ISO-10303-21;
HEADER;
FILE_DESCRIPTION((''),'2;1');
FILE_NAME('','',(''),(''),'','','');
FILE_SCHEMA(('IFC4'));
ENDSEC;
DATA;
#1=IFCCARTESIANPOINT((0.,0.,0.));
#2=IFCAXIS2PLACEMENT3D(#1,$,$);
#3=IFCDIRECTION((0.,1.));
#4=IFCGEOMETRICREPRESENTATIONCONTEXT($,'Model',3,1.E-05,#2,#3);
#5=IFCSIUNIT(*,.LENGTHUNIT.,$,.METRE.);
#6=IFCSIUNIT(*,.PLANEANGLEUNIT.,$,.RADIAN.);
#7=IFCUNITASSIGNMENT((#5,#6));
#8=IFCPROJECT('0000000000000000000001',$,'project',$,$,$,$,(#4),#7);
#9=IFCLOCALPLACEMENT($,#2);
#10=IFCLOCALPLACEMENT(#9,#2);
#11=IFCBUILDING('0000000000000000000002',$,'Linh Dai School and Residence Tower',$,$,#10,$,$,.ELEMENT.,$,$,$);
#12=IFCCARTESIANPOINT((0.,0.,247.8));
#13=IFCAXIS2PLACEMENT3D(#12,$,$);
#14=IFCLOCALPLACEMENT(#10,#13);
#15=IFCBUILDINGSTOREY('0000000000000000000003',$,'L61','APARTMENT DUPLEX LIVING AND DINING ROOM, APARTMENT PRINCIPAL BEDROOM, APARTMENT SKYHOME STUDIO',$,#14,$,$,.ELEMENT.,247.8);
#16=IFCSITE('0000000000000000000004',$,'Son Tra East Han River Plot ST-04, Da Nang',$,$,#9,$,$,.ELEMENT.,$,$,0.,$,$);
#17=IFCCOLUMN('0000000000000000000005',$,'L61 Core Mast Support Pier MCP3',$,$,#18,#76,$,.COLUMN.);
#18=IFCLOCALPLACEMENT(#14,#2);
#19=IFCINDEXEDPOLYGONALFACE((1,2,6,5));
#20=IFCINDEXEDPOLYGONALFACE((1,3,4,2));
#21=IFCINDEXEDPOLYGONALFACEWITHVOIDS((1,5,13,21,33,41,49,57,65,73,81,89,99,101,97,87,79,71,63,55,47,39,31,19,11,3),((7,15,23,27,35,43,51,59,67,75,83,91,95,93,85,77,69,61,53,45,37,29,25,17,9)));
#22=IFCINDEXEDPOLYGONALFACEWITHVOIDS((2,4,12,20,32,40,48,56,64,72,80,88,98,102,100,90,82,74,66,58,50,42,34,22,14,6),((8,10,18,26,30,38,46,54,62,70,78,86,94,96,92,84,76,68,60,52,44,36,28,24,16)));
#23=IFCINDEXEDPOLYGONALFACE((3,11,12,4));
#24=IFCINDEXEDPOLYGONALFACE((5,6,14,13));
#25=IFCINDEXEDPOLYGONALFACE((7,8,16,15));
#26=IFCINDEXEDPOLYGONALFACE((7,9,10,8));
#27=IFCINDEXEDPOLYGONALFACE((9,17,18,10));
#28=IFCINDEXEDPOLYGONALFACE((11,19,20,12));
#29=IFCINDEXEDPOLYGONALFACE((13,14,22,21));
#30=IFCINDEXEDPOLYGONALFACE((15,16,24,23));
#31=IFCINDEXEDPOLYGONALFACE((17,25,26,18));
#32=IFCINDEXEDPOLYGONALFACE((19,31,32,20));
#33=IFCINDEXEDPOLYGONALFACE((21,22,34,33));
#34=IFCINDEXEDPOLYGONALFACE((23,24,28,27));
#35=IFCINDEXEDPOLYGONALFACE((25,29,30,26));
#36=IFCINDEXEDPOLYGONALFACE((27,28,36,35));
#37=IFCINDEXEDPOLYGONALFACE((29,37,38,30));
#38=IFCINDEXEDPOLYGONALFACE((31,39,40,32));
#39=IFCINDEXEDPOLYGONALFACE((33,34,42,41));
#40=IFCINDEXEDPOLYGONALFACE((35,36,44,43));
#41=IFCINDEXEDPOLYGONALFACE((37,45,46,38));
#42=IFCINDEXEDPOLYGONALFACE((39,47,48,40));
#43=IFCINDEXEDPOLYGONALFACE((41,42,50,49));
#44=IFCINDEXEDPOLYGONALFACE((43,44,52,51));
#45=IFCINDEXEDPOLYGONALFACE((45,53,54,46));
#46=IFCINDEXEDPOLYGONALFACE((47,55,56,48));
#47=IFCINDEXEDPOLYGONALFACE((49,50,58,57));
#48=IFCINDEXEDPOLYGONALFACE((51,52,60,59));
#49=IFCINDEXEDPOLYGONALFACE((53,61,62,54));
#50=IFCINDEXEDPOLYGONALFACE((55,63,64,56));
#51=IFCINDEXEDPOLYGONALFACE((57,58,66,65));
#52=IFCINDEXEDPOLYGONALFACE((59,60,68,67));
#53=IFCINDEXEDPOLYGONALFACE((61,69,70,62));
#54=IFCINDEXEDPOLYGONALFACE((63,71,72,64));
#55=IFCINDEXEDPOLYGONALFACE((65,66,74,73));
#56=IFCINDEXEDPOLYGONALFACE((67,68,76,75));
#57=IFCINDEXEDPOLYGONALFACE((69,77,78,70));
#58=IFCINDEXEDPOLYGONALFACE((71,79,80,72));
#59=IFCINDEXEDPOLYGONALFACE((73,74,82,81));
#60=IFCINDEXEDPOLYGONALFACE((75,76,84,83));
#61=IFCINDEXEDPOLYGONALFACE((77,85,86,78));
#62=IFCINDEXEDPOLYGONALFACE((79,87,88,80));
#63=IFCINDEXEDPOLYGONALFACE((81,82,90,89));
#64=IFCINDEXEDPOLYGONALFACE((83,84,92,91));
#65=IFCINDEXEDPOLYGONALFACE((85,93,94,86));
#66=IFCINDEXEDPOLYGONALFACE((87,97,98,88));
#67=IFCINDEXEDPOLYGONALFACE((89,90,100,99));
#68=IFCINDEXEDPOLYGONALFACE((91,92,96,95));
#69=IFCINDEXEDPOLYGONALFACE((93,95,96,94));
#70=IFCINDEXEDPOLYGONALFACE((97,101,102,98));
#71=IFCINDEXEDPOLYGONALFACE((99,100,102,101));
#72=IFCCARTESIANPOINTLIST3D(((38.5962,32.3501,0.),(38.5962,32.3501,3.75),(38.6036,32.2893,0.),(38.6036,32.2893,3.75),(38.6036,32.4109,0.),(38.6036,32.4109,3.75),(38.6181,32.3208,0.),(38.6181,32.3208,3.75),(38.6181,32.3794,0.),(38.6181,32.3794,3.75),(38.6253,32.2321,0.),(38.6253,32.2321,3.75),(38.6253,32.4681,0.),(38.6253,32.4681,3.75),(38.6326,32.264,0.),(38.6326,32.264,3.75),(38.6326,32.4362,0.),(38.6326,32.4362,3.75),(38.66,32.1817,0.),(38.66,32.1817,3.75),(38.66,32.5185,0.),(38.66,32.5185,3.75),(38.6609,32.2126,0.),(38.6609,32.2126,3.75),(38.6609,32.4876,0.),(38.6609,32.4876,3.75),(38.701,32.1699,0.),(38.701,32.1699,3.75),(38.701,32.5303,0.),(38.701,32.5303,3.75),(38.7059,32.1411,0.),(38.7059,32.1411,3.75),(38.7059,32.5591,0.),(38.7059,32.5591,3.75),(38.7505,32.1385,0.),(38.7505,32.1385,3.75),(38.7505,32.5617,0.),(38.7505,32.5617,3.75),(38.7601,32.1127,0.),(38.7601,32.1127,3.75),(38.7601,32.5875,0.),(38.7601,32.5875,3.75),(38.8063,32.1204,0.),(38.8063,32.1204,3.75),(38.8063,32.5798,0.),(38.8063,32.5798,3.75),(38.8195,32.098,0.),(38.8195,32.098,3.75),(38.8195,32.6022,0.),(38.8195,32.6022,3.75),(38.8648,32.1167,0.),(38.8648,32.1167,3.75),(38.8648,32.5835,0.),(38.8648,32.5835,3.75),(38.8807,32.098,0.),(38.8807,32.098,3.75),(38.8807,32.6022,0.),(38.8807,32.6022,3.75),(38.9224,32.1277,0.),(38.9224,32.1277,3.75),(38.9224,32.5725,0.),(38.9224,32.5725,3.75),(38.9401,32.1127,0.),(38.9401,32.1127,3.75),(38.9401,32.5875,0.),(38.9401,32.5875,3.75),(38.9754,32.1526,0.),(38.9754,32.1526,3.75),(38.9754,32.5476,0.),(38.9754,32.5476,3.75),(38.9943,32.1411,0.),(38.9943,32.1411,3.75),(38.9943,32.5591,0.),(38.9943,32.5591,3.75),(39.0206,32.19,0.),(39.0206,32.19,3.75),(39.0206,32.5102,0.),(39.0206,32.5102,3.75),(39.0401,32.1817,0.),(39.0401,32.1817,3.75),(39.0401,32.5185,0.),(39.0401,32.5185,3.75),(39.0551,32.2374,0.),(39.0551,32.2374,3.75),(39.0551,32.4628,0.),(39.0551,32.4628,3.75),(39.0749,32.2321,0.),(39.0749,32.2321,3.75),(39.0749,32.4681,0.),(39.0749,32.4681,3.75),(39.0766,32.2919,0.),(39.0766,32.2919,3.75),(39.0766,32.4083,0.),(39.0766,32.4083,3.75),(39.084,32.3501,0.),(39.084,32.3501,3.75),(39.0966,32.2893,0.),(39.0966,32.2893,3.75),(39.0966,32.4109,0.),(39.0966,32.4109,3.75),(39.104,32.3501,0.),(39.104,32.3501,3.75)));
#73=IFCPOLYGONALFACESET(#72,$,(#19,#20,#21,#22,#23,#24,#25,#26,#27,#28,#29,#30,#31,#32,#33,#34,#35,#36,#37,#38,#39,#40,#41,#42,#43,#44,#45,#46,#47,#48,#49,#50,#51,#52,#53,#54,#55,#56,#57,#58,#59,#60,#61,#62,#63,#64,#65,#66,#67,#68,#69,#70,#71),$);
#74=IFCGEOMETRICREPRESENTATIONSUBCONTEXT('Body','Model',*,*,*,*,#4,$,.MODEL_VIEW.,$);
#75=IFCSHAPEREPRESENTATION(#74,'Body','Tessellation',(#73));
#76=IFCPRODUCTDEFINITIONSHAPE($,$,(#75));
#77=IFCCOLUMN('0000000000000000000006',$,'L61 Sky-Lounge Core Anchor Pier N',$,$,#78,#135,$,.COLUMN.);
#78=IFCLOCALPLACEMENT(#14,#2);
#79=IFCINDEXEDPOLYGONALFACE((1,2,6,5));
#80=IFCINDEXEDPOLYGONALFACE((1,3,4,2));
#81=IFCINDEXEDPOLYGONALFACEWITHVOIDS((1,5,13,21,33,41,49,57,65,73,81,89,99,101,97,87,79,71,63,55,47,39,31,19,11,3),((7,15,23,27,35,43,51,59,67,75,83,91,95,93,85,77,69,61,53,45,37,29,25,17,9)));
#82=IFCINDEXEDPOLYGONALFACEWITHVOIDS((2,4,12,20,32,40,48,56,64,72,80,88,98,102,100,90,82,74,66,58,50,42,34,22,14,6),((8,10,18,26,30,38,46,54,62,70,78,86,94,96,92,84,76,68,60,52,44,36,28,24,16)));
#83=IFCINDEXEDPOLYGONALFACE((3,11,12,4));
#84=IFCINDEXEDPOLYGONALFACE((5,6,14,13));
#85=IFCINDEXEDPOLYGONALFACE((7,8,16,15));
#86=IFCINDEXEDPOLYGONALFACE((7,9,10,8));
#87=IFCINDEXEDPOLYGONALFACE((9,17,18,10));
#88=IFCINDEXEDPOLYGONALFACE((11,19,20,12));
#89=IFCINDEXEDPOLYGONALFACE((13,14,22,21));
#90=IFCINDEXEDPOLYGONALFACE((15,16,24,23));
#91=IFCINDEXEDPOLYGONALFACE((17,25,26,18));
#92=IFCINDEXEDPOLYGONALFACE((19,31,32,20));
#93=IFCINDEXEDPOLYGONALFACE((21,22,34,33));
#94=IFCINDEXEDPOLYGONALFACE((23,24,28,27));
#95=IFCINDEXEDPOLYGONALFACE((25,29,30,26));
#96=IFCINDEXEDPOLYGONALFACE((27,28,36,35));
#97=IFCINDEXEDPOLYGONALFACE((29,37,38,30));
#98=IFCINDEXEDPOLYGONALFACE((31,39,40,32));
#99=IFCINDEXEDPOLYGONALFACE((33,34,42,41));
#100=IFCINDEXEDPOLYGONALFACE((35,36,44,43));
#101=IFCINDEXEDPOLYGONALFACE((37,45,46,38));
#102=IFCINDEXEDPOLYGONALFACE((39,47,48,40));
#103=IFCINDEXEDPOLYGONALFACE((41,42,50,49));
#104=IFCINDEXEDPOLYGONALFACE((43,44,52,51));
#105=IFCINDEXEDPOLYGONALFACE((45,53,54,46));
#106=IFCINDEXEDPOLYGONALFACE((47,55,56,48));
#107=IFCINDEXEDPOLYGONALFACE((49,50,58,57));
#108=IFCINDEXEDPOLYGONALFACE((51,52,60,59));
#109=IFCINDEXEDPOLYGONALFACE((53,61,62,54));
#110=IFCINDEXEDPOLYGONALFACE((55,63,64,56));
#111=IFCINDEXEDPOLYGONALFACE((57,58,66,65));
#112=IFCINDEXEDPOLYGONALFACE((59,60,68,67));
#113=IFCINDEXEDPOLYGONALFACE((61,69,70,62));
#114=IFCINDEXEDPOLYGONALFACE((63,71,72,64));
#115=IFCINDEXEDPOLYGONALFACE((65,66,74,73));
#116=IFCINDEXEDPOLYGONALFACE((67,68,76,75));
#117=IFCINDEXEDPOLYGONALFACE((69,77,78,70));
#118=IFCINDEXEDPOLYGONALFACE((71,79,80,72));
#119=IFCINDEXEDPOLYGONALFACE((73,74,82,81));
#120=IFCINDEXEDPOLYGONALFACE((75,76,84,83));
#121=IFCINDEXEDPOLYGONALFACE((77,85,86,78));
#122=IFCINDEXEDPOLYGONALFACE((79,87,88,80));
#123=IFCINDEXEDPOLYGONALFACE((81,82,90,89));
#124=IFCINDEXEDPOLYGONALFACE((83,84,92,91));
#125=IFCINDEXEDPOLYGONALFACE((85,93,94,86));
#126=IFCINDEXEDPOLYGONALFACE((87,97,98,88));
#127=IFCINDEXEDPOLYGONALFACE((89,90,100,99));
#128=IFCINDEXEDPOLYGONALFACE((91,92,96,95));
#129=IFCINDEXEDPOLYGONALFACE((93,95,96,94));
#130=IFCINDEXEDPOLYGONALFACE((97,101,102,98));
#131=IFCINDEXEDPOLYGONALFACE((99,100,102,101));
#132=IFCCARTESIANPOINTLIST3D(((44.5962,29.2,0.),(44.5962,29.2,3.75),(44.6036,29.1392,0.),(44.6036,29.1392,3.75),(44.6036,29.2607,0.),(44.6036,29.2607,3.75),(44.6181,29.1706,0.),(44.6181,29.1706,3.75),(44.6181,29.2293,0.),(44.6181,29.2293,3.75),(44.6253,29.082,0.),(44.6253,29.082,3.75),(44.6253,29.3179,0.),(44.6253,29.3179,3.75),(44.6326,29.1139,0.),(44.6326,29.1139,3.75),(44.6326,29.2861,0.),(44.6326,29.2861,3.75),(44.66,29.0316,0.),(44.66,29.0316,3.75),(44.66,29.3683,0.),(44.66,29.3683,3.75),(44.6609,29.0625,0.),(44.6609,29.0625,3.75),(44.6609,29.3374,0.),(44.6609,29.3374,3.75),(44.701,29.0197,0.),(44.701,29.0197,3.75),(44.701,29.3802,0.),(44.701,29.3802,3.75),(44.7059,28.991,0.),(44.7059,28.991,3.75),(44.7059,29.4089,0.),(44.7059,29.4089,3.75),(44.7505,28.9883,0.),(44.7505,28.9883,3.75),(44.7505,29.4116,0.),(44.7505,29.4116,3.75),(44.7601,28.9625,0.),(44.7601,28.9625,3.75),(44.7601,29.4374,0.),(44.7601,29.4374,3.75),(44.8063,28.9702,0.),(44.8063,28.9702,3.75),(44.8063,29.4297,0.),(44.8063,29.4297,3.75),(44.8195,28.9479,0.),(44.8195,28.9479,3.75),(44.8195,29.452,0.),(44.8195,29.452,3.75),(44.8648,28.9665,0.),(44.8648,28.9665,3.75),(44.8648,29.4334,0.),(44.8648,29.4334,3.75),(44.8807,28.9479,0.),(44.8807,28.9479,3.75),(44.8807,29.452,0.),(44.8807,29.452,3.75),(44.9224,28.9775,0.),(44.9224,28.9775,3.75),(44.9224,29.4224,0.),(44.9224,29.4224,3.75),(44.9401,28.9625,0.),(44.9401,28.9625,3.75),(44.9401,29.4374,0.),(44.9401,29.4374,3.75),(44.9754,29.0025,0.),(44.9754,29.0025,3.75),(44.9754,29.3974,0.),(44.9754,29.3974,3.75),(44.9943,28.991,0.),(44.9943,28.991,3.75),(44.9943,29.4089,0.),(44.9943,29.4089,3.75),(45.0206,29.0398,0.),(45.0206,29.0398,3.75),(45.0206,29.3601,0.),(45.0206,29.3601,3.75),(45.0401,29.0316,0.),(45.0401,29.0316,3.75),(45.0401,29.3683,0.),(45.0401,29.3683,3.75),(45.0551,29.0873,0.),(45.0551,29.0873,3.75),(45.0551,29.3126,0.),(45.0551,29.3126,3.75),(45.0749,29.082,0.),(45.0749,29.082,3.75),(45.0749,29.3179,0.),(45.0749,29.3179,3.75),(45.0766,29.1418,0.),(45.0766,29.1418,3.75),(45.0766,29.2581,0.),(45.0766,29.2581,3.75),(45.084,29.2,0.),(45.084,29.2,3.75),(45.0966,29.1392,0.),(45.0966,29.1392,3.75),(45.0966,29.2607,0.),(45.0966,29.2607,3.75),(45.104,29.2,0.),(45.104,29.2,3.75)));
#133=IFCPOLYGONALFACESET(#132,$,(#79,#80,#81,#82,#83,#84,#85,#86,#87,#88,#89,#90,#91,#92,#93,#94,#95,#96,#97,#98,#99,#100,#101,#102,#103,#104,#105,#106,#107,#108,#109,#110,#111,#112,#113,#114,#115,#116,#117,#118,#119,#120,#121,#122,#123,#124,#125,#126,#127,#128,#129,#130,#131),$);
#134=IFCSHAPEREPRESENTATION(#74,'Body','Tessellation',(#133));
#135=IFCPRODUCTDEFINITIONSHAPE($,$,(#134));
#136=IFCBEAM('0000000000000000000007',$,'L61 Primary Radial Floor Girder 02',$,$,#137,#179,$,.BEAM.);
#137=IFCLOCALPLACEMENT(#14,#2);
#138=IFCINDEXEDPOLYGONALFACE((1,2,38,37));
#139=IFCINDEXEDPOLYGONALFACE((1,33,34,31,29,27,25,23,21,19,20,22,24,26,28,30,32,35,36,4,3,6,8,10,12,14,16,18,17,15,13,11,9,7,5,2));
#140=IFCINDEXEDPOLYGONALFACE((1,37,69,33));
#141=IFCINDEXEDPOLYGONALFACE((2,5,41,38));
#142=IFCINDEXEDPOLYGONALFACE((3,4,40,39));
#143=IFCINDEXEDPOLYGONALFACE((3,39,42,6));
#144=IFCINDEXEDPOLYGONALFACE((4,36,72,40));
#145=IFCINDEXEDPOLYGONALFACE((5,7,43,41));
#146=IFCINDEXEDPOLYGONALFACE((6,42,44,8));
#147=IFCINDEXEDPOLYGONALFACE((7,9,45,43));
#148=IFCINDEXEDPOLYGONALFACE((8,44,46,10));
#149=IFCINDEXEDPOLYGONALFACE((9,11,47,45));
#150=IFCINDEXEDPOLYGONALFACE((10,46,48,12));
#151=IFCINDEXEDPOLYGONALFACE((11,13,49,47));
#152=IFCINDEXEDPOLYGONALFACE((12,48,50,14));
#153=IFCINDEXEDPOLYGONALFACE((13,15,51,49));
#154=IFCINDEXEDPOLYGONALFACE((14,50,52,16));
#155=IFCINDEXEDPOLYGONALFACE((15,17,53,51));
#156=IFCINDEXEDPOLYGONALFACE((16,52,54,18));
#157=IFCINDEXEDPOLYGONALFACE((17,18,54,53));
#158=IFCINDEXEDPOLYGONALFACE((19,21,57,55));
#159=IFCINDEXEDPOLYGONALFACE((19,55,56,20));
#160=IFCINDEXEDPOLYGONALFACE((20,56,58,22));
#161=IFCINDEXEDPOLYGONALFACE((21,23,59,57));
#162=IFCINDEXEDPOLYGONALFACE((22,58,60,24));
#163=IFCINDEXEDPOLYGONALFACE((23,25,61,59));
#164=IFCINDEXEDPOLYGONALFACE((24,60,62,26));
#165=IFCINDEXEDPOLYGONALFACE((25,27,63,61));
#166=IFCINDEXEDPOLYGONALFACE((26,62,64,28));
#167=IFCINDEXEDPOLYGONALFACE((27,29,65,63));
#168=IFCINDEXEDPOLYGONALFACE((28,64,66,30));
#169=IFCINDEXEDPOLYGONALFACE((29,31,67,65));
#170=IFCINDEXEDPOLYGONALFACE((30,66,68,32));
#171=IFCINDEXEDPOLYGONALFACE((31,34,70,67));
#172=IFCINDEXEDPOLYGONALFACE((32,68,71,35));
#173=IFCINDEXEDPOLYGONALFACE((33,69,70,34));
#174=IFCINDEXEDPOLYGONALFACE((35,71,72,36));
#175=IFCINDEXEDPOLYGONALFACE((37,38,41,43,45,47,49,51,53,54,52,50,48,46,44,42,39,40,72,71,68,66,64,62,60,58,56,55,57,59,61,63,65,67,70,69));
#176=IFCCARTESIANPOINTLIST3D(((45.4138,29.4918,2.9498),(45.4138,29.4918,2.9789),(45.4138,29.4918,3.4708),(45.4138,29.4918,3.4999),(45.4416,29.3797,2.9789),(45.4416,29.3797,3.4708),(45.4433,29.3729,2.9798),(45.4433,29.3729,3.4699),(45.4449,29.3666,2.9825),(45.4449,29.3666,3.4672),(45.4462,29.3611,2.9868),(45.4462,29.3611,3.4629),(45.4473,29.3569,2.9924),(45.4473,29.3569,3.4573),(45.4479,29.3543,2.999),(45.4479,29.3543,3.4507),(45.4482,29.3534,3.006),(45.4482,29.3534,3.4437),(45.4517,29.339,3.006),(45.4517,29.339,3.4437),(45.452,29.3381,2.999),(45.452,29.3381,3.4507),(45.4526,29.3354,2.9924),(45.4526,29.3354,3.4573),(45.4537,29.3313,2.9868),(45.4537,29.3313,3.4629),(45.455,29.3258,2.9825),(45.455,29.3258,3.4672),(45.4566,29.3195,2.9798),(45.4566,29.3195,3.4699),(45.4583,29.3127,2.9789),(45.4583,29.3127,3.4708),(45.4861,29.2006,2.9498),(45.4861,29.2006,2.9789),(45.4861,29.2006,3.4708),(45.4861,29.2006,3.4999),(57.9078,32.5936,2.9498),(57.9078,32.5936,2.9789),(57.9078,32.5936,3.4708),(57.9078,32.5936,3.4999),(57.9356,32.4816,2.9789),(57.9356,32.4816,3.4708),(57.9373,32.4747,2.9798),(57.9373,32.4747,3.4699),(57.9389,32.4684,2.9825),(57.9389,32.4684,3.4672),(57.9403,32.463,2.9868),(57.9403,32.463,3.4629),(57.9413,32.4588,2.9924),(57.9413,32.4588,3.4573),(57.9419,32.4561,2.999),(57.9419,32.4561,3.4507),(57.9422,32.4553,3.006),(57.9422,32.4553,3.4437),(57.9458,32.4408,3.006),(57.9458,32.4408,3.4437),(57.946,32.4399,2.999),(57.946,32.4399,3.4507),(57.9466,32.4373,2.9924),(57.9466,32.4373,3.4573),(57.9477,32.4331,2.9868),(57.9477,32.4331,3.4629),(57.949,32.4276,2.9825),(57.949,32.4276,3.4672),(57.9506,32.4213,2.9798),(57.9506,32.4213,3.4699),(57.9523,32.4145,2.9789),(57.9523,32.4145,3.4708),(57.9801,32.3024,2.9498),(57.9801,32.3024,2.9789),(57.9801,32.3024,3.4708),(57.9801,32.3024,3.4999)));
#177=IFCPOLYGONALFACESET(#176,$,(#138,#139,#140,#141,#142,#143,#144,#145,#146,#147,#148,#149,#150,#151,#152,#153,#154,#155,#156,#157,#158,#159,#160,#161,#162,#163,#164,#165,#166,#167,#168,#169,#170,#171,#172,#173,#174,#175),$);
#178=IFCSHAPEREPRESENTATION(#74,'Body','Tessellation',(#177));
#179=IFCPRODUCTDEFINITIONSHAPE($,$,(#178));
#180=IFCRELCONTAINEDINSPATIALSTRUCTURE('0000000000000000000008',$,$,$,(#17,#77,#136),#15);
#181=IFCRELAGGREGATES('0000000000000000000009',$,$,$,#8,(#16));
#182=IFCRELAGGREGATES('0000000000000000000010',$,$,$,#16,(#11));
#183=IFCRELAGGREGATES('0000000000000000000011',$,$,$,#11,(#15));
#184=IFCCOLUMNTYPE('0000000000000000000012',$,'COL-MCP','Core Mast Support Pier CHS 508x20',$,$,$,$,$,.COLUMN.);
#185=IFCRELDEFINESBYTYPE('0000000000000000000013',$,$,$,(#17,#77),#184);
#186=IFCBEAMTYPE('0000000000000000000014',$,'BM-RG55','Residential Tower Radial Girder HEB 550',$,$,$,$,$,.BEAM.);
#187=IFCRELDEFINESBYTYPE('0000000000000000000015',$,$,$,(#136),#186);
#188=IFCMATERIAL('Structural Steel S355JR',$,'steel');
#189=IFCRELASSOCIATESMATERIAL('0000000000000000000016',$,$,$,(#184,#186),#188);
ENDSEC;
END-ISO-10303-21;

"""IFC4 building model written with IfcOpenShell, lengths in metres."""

from ifc_helpers import new_model, si_unit, direction, frame, origin, origin_2d, place, context, subcontext, project, spatial, hollow_circle, i_section, extrude, material, material_profile, profile_set, type_object, element, save


model = new_model("IFC4")

# Units and contexts
model_context = context("Model", 3, precision=1e-05, world=origin(), true_north=direction((0.0, 1.0)))
body_context = subcontext(model_context, "Body", "Model", "MODEL_VIEW")
ifc_project = project(units=[si_unit("LENGTHUNIT", "METRE"), si_unit("PLANEANGLEUNIT", "RADIAN")], contexts=[model_context])

# Site, building, storey
site_placement = place(None, origin())
site = spatial("IfcSite", under=ifc_project, at=site_placement, Name="Son Tra East Han River Plot ST-04, Da Nang", CompositionType="ELEMENT", RefElevation=0.0)
building_placement = place(site_placement, origin())
building = spatial("IfcBuilding", under=site, at=building_placement, Name="Linh Dai School and Residence Tower", CompositionType="ELEMENT")
storey_placement = place(building_placement, frame((0.0, 0.0, 247.8)))
storey = spatial("IfcBuildingStorey", under=building, at=storey_placement, Name="L61", Description="APARTMENT DUPLEX LIVING AND DINING ROOM, APARTMENT PRINCIPAL BEDROOM, APARTMENT SKYHOME STUDIO", CompositionType="ELEMENT", Elevation=247.8)

# Columns
ifc_material_1 = material(Name="Structural Steel S355JR", Category="steel")
ifc_material_profile_1 = material_profile(ifc_material_1, hollow_circle(Radius=0.2539, WallThickness=0.02, at=origin_2d()), Name="CHS 508x20")
ifc_profile_set_1 = profile_set([ifc_material_profile_1], Name="Structural Steel S355JR")
column_type_1 = type_object("IfcColumnType", Name="COL-MCP", Description="Core Mast Support Pier CHS 508x20", PredefinedType="COLUMN", material=ifc_profile_set_1)
for number, where, z_axis, x_axis, name in (
    (1, (38.8501, 32.3501, 0.0), (0.0, 0.0, 1.0), (1.0, 0.0, 0.0), "L61 Core Mast Support Pier MCP3"),
    (2, (44.8501, 29.2, 0.0), (0.0, 0.0, 1.0), (1.0, 0.0, 0.0), "L61 Sky-Lounge Core Anchor Pier N"),
):
    element("IfcColumn", number, at=place(storey_placement, frame(where, z_axis=z_axis, x_axis=x_axis)), inside=storey, type_object=column_type_1, Name=name, PredefinedType="COLUMN", context=body_context, shape_type="SweptSolid", body=[
        extrude(hollow_circle(Radius=0.2539, WallThickness=0.02, at=origin_2d()), origin(), (0.0, 0.0, 1.0), 3.75),
    ])

# Beam
ifc_material_profile_2 = material_profile(ifc_material_1, i_section(OverallWidth=0.3, OverallDepth=0.55, WebThickness=0.0149, FlangeThickness=0.0291, FilletRadius=0.0271, at=origin_2d()), Name="HEB 550")
ifc_profile_set_2 = profile_set([ifc_material_profile_2], Name="Structural Steel S355JR")
beam_type_1 = type_object("IfcBeamType", Name="BM-RG55", Description="Residential Tower Radial Girder HEB 550", PredefinedType="BEAM", material=ifc_profile_set_2)
beam_1_placement = place(storey_placement, frame((45.45, 29.3462, 3.2249), z_axis=(0.970537, 0.240951, 0.0), x_axis=(-0.240951, 0.970537, 0.0)))
element("IfcBeam", 3, at=beam_1_placement, inside=storey, type_object=beam_type_1, Name="L61 Primary Radial Floor Girder 02", PredefinedType="BEAM", context=body_context, shape_type="SweptSolid", body=[
    extrude(i_section(OverallWidth=0.3, OverallDepth=0.55, WebThickness=0.0149, FlangeThickness=0.0291, FilletRadius=0.0271, at=origin_2d()), origin(), (0.0, 0.0, 1.0), 12.8733),
])

save(model, "model.ifc")
